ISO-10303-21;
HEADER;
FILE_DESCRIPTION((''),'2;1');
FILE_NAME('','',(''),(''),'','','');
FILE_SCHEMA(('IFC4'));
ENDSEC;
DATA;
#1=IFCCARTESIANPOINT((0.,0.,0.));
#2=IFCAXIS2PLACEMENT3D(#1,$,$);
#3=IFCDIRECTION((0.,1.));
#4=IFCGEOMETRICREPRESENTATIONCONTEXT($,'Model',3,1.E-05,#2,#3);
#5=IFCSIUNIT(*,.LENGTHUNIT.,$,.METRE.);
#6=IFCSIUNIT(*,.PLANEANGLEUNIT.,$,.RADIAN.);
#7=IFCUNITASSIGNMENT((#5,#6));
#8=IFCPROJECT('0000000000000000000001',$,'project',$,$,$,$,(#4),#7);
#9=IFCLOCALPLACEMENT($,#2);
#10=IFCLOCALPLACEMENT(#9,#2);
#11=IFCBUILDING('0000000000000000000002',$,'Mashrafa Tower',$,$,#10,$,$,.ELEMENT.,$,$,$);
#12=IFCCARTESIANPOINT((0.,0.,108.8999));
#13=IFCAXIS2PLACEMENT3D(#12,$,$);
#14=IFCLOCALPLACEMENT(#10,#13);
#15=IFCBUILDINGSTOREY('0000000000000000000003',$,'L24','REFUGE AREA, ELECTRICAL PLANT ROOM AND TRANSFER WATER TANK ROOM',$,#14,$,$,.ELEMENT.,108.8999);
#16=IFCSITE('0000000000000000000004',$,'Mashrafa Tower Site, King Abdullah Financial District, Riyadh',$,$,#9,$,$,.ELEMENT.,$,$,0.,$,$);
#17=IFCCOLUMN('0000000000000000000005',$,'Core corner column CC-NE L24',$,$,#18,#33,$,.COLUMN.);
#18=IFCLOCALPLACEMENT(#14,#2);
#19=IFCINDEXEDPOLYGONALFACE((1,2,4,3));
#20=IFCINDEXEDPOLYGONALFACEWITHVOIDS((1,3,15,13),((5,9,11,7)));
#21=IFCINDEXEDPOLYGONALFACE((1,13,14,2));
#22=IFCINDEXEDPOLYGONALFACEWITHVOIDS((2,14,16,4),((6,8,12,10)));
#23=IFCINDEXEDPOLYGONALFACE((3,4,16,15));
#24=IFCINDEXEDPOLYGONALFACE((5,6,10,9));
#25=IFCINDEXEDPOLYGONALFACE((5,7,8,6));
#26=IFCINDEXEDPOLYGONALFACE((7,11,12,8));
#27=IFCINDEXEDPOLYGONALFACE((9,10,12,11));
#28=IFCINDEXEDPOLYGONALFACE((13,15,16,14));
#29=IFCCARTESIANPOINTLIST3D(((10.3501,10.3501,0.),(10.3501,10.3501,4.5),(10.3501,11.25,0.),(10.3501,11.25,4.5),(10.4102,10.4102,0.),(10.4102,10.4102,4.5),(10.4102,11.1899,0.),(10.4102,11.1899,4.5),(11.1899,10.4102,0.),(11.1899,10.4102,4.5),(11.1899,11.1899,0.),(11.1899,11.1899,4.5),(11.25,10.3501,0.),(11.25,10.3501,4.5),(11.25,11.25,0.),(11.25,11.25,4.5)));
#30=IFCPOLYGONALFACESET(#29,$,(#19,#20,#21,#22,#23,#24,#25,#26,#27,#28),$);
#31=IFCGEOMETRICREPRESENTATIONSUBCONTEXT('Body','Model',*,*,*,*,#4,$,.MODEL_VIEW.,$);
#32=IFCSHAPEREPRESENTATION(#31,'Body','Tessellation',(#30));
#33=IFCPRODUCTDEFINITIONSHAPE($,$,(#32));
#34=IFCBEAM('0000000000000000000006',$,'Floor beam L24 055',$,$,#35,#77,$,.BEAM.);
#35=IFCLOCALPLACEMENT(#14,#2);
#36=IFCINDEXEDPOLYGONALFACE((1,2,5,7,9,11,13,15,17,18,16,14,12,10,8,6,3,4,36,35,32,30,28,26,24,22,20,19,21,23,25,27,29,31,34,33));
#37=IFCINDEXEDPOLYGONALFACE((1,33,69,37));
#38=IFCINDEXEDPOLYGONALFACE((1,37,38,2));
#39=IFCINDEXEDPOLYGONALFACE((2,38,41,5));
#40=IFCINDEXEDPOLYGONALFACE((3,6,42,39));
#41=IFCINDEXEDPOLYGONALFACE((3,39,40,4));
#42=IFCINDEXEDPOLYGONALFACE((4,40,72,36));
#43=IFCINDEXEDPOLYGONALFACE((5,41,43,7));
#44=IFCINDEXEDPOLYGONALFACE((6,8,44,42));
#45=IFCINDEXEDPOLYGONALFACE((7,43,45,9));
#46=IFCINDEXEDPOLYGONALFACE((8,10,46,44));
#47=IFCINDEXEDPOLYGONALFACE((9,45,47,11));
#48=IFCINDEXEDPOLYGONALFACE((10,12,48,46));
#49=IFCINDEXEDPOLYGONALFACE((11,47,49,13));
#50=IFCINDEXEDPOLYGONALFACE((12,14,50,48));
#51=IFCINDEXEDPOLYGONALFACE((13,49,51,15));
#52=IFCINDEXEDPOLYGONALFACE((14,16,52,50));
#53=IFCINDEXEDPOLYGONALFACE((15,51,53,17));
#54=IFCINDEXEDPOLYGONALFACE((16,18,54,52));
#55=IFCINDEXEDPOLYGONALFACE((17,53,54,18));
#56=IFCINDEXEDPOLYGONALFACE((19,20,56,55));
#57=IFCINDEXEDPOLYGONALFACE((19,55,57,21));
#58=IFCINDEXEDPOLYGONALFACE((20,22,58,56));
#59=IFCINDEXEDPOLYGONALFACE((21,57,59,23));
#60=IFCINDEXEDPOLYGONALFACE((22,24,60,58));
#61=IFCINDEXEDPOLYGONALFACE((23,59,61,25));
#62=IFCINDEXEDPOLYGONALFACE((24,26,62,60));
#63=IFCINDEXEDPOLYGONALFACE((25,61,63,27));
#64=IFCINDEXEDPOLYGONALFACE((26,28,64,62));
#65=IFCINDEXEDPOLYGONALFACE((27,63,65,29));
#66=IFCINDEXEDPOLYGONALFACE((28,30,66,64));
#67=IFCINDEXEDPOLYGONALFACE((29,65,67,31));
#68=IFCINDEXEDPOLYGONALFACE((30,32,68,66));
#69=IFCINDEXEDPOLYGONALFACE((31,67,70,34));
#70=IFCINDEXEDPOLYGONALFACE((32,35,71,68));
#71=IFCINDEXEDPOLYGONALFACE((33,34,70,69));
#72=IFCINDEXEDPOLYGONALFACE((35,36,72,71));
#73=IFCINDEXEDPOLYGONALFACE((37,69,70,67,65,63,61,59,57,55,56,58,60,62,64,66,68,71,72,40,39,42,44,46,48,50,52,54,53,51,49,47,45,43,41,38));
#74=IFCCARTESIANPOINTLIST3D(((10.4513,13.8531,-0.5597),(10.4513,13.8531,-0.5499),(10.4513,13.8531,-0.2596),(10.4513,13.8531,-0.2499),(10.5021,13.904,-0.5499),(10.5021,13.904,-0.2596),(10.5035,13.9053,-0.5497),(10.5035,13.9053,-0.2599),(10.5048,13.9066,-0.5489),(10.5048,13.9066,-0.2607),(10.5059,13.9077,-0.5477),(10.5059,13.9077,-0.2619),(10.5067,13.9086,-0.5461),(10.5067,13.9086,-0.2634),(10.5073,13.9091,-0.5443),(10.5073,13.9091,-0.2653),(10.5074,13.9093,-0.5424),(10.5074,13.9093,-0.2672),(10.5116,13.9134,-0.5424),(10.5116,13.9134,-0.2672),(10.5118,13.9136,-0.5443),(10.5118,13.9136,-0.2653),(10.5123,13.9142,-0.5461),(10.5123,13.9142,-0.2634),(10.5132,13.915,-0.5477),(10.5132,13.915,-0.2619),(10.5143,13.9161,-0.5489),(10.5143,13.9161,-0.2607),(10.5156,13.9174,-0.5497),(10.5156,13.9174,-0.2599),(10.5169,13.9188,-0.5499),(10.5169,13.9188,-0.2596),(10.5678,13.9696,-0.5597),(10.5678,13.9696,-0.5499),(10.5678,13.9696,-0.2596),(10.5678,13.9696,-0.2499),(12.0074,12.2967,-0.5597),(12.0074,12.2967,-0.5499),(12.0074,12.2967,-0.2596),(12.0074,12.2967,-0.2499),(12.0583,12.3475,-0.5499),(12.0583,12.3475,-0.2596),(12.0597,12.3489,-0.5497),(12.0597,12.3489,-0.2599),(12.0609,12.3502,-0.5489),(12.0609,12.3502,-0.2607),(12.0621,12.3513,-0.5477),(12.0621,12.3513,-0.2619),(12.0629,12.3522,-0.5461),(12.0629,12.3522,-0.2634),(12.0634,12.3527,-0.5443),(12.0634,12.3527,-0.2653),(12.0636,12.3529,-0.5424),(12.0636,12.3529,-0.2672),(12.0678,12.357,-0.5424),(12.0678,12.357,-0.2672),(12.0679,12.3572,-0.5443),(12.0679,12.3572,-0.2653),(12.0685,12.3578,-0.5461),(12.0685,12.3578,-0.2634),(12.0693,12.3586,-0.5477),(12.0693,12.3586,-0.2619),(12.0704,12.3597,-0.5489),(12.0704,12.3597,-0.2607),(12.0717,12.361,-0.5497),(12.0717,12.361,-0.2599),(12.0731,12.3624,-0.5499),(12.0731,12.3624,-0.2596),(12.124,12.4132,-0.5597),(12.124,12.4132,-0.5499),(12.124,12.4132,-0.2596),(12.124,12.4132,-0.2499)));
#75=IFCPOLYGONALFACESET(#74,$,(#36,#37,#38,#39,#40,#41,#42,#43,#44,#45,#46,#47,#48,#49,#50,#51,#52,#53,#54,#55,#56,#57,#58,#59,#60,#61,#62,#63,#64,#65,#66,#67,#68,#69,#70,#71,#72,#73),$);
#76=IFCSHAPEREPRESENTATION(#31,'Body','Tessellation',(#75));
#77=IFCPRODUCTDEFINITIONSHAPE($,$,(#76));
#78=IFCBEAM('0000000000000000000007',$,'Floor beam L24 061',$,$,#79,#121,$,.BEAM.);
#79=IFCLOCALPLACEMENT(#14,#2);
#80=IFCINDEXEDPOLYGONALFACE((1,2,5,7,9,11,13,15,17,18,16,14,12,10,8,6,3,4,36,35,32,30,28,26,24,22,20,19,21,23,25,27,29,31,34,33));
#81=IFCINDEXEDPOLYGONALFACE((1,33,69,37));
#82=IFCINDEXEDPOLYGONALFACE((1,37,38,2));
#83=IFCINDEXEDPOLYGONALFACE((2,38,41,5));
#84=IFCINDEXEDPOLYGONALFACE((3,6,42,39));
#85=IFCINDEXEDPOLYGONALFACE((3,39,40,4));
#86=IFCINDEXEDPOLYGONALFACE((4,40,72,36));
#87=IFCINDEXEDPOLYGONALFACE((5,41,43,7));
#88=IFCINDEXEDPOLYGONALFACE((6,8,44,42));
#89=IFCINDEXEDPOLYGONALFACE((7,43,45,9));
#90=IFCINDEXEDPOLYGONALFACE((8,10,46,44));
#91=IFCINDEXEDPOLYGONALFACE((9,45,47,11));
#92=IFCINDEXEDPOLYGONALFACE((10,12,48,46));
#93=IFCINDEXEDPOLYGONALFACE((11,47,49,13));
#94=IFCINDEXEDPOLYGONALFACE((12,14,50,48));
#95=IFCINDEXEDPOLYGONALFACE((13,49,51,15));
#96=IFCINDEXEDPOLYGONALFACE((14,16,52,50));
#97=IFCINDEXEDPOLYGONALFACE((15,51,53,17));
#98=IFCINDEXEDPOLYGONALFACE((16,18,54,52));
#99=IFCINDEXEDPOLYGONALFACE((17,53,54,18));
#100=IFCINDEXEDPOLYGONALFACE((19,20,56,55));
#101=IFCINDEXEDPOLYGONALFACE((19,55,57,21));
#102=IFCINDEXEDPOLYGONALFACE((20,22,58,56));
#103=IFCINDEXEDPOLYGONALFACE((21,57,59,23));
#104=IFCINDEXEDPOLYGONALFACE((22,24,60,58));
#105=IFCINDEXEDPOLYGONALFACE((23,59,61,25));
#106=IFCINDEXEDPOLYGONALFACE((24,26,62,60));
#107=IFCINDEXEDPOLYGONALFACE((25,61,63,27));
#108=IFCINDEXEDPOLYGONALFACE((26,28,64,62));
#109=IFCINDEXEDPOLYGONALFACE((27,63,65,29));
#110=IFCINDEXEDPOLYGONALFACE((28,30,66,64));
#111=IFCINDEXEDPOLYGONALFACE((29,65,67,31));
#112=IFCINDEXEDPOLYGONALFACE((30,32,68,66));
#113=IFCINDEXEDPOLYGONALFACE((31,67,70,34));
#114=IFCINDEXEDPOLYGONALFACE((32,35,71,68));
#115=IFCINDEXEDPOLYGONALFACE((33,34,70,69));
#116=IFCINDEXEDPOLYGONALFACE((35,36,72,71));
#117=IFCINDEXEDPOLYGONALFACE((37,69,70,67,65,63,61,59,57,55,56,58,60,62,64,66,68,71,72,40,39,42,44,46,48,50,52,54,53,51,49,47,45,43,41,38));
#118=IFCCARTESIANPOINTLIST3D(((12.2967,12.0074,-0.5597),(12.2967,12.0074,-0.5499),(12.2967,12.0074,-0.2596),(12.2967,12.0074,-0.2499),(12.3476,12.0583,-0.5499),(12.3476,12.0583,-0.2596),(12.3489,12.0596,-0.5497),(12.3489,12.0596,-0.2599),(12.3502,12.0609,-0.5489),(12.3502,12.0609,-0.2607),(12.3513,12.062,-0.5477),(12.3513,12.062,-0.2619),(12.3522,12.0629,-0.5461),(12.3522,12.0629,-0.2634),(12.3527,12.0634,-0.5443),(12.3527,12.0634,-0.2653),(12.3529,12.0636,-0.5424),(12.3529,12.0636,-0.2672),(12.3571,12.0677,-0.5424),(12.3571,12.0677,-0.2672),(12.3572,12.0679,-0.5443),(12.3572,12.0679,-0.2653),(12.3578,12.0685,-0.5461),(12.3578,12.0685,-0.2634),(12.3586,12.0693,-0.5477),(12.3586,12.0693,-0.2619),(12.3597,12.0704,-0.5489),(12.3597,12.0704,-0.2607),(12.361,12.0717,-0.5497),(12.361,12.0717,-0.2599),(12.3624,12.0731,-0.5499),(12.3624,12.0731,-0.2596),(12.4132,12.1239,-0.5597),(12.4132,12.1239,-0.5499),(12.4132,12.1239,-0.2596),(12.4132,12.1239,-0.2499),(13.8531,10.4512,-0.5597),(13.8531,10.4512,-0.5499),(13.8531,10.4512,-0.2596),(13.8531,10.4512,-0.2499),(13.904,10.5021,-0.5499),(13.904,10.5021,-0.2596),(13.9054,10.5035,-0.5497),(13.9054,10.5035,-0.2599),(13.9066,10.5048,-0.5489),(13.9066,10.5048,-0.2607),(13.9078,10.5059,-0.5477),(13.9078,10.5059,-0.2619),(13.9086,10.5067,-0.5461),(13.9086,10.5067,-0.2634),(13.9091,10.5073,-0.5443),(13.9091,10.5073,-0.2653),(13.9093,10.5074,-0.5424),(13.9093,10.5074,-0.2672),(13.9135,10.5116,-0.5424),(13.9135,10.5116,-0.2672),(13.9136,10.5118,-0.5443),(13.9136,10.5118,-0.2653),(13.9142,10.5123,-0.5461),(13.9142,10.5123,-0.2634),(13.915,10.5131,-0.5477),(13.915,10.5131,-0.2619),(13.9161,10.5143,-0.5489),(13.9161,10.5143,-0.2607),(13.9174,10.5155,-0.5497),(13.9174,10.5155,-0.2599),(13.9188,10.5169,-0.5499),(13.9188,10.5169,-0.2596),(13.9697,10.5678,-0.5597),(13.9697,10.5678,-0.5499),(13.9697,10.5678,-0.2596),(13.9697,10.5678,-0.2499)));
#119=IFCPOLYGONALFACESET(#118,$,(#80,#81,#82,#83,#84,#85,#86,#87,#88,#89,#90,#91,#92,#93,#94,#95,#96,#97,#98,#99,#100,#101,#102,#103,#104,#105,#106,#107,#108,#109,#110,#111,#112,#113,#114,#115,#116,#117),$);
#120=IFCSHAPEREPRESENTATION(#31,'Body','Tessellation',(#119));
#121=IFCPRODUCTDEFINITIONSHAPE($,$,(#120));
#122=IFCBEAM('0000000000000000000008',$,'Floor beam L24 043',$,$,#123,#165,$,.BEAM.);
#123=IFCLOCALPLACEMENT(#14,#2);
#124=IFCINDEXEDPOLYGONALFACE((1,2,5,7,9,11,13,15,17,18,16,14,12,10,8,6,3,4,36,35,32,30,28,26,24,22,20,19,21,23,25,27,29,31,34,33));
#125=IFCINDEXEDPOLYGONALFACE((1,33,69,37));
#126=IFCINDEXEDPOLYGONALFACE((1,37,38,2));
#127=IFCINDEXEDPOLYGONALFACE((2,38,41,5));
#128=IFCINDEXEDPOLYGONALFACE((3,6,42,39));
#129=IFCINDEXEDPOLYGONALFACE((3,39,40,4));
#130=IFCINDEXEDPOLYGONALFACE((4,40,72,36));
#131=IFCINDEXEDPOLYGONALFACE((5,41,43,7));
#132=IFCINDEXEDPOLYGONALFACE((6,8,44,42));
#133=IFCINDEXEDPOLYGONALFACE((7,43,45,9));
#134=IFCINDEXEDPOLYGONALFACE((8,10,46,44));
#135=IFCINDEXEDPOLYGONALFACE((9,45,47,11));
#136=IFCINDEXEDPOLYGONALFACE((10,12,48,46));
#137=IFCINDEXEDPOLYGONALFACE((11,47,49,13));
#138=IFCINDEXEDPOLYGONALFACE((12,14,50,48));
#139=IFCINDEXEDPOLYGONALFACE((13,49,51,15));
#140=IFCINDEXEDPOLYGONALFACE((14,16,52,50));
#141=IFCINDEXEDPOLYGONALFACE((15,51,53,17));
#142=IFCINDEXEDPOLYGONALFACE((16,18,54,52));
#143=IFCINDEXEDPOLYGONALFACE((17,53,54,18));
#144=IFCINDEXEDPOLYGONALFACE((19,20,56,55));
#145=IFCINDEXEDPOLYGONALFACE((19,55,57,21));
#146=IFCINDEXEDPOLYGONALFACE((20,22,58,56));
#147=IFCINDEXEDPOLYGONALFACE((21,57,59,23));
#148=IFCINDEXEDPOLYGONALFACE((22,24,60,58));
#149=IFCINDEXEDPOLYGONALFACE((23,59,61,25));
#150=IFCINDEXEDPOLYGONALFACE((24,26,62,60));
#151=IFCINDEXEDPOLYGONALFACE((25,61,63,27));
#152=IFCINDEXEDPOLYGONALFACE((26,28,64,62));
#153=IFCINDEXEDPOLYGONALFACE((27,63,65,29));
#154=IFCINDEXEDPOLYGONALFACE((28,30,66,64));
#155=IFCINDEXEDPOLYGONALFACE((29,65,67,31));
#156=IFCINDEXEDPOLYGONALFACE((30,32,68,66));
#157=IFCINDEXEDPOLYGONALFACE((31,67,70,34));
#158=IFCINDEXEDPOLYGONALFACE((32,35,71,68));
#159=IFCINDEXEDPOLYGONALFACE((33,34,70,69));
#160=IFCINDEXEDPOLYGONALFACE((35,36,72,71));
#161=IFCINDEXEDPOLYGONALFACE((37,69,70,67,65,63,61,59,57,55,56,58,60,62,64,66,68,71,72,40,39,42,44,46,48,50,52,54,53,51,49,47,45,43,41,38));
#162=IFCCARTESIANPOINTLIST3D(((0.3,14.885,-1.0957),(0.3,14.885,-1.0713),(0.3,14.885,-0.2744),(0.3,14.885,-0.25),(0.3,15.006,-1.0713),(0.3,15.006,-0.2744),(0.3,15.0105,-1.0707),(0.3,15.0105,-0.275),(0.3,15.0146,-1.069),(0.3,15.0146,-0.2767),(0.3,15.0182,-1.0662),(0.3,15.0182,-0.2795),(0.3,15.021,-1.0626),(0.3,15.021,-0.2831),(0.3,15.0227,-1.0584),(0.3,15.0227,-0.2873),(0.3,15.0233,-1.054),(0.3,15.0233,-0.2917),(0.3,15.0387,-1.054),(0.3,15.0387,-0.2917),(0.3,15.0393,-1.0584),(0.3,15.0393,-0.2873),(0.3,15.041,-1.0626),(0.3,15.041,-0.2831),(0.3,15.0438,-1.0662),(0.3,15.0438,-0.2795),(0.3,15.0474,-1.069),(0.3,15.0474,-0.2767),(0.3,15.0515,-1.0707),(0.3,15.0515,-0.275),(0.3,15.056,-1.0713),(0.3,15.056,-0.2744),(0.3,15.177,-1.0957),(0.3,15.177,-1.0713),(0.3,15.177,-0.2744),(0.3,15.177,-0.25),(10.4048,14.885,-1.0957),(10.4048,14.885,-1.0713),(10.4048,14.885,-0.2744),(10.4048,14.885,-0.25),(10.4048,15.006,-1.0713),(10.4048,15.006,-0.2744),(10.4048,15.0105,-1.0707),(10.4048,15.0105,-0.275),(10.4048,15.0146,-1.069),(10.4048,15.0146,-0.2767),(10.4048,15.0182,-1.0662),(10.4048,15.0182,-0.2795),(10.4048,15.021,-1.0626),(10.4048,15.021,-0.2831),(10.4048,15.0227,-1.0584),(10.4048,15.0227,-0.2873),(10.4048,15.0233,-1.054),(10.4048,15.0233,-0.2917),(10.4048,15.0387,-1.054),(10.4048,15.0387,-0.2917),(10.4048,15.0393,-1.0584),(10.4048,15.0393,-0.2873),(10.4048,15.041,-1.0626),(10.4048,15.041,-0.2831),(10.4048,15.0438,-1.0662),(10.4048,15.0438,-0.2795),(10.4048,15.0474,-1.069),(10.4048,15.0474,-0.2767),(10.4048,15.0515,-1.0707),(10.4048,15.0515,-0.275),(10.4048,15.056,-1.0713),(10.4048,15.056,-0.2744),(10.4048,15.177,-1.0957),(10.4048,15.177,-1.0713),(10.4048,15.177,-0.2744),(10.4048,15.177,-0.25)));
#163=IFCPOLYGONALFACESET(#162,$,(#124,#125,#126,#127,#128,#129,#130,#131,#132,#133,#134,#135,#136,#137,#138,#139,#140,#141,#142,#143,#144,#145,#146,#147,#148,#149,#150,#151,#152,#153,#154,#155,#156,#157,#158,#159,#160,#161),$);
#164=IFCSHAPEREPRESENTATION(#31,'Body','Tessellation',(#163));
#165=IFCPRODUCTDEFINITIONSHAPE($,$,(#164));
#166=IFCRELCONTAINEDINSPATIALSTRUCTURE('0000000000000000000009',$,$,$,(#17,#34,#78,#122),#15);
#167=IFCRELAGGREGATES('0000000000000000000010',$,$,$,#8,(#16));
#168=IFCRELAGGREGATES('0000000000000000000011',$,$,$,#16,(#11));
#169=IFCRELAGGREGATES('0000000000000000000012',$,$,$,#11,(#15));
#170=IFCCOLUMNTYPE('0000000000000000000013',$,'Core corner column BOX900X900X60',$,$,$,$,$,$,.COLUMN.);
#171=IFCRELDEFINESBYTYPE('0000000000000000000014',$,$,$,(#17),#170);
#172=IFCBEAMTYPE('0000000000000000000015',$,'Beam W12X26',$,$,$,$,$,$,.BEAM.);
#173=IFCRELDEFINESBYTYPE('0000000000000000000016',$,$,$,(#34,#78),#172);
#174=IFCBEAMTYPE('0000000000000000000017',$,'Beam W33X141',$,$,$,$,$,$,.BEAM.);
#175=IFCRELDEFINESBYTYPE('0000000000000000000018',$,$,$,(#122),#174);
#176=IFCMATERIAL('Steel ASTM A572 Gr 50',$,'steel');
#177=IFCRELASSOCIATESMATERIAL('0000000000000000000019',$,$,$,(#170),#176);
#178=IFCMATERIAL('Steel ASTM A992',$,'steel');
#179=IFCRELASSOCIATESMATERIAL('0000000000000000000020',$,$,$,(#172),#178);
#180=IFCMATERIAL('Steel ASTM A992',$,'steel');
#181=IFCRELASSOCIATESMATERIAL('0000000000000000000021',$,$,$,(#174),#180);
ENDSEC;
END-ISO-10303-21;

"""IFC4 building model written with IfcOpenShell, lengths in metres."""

from ifc_helpers import new_model, si_unit, direction, frame, origin, origin_2d, place, context, subcontext, project, spatial, hollow_rectangle, i_section, extrude, material, material_profile, profile_set, type_object, element, save


model = new_model("IFC4")

# Units and contexts
model_context = context("Model", 3, precision=1e-05, world=origin(), true_north=direction((0.0, 1.0)))
body_context = subcontext(model_context, "Body", "Model", "MODEL_VIEW")
ifc_project = project(units=[si_unit("LENGTHUNIT", "METRE"), si_unit("PLANEANGLEUNIT", "RADIAN")], contexts=[model_context])

# Site, building, storey
site_placement = place(None, origin())
site = spatial("IfcSite", under=ifc_project, at=site_placement, Name="Mashrafa Tower Site, King Abdullah Financial District, Riyadh", CompositionType="ELEMENT", RefElevation=0.0)
building_placement = place(site_placement, origin())
building = spatial("IfcBuilding", under=site, at=building_placement, Name="Mashrafa Tower", CompositionType="ELEMENT")
storey_placement = place(building_placement, frame((0.0, 0.0, 108.8999)))
storey = spatial("IfcBuildingStorey", under=building, at=storey_placement, Name="L24", Description="REFUGE AREA, ELECTRICAL PLANT ROOM AND TRANSFER WATER TANK ROOM", CompositionType="ELEMENT", Elevation=108.8999)

# Column
ifc_material_1 = material(Name="Steel ASTM A572 Gr 50", Category="steel")
ifc_material_profile_1 = material_profile(ifc_material_1, hollow_rectangle(XDim=0.8999, YDim=0.8999, WallThickness=0.0601, at=origin_2d()), Name="BOX900X900X60")
ifc_profile_set_1 = profile_set([ifc_material_profile_1], Name="Steel ASTM A572 Gr 50")
column_type = type_object("IfcColumnType", Name="Core corner column BOX900X900X60", PredefinedType="COLUMN", material=ifc_profile_set_1)
column_placement = place(storey_placement, frame((10.8, 10.8, 0.0), z_axis=(0.0, 0.0, 1.0), x_axis=(1.0, 0.0, 0.0)))
element("IfcColumn", 1, at=column_placement, inside=storey, type_object=column_type, Name="Core corner column CC-NE L24", PredefinedType="COLUMN", context=body_context, shape_type="SweptSolid", body=[
    extrude(hollow_rectangle(XDim=0.8999, YDim=0.8999, WallThickness=0.0601, at=origin_2d()), origin(), (0.0, 0.0, 1.0), 4.5),
])

# Beams
ifc_material_2 = material(Name="Steel ASTM A992", Category="steel")
ifc_material_profile_2 = material_profile(ifc_material_2, i_section(OverallWidth=0.1648, OverallDepth=0.3098, WebThickness=0.0059, FlangeThickness=0.0098, FilletRadius=0.0076, at=origin_2d()), Name="W12X26")
ifc_profile_set_2 = profile_set([ifc_material_profile_2], Name="Steel ASTM A992")
beam_type_1 = type_object("IfcBeamType", Name="Beam W12X26", PredefinedType="BEAM", material=ifc_profile_set_2)
for number, where, z_axis, x_axis, name in (
    (2, (10.5095, 13.9114, -0.4048), (0.707051, -0.707162, 0.0), (0.707162, 0.707051, 0.0), "Floor beam L24 055"),
    (3, (12.355, 12.0657, -0.4048), (0.707162, -0.707051, 0.0), (0.707051, 0.707162, 0.0), "Floor beam L24 061"),
):
    element("IfcBeam", number, at=place(storey_placement, frame(where, z_axis=z_axis, x_axis=x_axis)), inside=storey, type_object=beam_type_1, Name=name, PredefinedType="BEAM", context=body_context, shape_type="SweptSolid", body=[
        extrude(i_section(OverallWidth=0.1648, OverallDepth=0.3098, WebThickness=0.0059, FlangeThickness=0.0098, FilletRadius=0.0076, at=origin_2d()), origin(), (0.0, 0.0, 1.0), 2.2009),
    ])
ifc_material_3 = material(Name="Steel ASTM A992", Category="steel")
ifc_material_profile_3 = material_profile(ifc_material_3, i_section(OverallWidth=0.292, OverallDepth=0.8457, WebThickness=0.0154, FlangeThickness=0.0244, FilletRadius=0.0173, at=origin_2d()), Name="W33X141")
ifc_profile_set_3 = profile_set([ifc_material_profile_3], Name="Steel ASTM A992")
beam_type_2 = type_object("IfcBeamType", Name="Beam W33X141", PredefinedType="BEAM", material=ifc_profile_set_3)
beam_1_placement = place(storey_placement, frame((0.3, 15.031, -0.6729), z_axis=(1.0, 0.0, 0.0), x_axis=(0.0, 1.0, 0.0)))
element("IfcBeam", 4, at=beam_1_placement, inside=storey, type_object=beam_type_2, Name="Floor beam L24 043", PredefinedType="BEAM", context=body_context, shape_type="SweptSolid", body=[
    extrude(i_section(OverallWidth=0.292, OverallDepth=0.8457, WebThickness=0.0154, FlangeThickness=0.0244, FilletRadius=0.0173, at=origin_2d()), origin(), (0.0, 0.0, 1.0), 10.1047),
])

save(model, "model.ifc")
